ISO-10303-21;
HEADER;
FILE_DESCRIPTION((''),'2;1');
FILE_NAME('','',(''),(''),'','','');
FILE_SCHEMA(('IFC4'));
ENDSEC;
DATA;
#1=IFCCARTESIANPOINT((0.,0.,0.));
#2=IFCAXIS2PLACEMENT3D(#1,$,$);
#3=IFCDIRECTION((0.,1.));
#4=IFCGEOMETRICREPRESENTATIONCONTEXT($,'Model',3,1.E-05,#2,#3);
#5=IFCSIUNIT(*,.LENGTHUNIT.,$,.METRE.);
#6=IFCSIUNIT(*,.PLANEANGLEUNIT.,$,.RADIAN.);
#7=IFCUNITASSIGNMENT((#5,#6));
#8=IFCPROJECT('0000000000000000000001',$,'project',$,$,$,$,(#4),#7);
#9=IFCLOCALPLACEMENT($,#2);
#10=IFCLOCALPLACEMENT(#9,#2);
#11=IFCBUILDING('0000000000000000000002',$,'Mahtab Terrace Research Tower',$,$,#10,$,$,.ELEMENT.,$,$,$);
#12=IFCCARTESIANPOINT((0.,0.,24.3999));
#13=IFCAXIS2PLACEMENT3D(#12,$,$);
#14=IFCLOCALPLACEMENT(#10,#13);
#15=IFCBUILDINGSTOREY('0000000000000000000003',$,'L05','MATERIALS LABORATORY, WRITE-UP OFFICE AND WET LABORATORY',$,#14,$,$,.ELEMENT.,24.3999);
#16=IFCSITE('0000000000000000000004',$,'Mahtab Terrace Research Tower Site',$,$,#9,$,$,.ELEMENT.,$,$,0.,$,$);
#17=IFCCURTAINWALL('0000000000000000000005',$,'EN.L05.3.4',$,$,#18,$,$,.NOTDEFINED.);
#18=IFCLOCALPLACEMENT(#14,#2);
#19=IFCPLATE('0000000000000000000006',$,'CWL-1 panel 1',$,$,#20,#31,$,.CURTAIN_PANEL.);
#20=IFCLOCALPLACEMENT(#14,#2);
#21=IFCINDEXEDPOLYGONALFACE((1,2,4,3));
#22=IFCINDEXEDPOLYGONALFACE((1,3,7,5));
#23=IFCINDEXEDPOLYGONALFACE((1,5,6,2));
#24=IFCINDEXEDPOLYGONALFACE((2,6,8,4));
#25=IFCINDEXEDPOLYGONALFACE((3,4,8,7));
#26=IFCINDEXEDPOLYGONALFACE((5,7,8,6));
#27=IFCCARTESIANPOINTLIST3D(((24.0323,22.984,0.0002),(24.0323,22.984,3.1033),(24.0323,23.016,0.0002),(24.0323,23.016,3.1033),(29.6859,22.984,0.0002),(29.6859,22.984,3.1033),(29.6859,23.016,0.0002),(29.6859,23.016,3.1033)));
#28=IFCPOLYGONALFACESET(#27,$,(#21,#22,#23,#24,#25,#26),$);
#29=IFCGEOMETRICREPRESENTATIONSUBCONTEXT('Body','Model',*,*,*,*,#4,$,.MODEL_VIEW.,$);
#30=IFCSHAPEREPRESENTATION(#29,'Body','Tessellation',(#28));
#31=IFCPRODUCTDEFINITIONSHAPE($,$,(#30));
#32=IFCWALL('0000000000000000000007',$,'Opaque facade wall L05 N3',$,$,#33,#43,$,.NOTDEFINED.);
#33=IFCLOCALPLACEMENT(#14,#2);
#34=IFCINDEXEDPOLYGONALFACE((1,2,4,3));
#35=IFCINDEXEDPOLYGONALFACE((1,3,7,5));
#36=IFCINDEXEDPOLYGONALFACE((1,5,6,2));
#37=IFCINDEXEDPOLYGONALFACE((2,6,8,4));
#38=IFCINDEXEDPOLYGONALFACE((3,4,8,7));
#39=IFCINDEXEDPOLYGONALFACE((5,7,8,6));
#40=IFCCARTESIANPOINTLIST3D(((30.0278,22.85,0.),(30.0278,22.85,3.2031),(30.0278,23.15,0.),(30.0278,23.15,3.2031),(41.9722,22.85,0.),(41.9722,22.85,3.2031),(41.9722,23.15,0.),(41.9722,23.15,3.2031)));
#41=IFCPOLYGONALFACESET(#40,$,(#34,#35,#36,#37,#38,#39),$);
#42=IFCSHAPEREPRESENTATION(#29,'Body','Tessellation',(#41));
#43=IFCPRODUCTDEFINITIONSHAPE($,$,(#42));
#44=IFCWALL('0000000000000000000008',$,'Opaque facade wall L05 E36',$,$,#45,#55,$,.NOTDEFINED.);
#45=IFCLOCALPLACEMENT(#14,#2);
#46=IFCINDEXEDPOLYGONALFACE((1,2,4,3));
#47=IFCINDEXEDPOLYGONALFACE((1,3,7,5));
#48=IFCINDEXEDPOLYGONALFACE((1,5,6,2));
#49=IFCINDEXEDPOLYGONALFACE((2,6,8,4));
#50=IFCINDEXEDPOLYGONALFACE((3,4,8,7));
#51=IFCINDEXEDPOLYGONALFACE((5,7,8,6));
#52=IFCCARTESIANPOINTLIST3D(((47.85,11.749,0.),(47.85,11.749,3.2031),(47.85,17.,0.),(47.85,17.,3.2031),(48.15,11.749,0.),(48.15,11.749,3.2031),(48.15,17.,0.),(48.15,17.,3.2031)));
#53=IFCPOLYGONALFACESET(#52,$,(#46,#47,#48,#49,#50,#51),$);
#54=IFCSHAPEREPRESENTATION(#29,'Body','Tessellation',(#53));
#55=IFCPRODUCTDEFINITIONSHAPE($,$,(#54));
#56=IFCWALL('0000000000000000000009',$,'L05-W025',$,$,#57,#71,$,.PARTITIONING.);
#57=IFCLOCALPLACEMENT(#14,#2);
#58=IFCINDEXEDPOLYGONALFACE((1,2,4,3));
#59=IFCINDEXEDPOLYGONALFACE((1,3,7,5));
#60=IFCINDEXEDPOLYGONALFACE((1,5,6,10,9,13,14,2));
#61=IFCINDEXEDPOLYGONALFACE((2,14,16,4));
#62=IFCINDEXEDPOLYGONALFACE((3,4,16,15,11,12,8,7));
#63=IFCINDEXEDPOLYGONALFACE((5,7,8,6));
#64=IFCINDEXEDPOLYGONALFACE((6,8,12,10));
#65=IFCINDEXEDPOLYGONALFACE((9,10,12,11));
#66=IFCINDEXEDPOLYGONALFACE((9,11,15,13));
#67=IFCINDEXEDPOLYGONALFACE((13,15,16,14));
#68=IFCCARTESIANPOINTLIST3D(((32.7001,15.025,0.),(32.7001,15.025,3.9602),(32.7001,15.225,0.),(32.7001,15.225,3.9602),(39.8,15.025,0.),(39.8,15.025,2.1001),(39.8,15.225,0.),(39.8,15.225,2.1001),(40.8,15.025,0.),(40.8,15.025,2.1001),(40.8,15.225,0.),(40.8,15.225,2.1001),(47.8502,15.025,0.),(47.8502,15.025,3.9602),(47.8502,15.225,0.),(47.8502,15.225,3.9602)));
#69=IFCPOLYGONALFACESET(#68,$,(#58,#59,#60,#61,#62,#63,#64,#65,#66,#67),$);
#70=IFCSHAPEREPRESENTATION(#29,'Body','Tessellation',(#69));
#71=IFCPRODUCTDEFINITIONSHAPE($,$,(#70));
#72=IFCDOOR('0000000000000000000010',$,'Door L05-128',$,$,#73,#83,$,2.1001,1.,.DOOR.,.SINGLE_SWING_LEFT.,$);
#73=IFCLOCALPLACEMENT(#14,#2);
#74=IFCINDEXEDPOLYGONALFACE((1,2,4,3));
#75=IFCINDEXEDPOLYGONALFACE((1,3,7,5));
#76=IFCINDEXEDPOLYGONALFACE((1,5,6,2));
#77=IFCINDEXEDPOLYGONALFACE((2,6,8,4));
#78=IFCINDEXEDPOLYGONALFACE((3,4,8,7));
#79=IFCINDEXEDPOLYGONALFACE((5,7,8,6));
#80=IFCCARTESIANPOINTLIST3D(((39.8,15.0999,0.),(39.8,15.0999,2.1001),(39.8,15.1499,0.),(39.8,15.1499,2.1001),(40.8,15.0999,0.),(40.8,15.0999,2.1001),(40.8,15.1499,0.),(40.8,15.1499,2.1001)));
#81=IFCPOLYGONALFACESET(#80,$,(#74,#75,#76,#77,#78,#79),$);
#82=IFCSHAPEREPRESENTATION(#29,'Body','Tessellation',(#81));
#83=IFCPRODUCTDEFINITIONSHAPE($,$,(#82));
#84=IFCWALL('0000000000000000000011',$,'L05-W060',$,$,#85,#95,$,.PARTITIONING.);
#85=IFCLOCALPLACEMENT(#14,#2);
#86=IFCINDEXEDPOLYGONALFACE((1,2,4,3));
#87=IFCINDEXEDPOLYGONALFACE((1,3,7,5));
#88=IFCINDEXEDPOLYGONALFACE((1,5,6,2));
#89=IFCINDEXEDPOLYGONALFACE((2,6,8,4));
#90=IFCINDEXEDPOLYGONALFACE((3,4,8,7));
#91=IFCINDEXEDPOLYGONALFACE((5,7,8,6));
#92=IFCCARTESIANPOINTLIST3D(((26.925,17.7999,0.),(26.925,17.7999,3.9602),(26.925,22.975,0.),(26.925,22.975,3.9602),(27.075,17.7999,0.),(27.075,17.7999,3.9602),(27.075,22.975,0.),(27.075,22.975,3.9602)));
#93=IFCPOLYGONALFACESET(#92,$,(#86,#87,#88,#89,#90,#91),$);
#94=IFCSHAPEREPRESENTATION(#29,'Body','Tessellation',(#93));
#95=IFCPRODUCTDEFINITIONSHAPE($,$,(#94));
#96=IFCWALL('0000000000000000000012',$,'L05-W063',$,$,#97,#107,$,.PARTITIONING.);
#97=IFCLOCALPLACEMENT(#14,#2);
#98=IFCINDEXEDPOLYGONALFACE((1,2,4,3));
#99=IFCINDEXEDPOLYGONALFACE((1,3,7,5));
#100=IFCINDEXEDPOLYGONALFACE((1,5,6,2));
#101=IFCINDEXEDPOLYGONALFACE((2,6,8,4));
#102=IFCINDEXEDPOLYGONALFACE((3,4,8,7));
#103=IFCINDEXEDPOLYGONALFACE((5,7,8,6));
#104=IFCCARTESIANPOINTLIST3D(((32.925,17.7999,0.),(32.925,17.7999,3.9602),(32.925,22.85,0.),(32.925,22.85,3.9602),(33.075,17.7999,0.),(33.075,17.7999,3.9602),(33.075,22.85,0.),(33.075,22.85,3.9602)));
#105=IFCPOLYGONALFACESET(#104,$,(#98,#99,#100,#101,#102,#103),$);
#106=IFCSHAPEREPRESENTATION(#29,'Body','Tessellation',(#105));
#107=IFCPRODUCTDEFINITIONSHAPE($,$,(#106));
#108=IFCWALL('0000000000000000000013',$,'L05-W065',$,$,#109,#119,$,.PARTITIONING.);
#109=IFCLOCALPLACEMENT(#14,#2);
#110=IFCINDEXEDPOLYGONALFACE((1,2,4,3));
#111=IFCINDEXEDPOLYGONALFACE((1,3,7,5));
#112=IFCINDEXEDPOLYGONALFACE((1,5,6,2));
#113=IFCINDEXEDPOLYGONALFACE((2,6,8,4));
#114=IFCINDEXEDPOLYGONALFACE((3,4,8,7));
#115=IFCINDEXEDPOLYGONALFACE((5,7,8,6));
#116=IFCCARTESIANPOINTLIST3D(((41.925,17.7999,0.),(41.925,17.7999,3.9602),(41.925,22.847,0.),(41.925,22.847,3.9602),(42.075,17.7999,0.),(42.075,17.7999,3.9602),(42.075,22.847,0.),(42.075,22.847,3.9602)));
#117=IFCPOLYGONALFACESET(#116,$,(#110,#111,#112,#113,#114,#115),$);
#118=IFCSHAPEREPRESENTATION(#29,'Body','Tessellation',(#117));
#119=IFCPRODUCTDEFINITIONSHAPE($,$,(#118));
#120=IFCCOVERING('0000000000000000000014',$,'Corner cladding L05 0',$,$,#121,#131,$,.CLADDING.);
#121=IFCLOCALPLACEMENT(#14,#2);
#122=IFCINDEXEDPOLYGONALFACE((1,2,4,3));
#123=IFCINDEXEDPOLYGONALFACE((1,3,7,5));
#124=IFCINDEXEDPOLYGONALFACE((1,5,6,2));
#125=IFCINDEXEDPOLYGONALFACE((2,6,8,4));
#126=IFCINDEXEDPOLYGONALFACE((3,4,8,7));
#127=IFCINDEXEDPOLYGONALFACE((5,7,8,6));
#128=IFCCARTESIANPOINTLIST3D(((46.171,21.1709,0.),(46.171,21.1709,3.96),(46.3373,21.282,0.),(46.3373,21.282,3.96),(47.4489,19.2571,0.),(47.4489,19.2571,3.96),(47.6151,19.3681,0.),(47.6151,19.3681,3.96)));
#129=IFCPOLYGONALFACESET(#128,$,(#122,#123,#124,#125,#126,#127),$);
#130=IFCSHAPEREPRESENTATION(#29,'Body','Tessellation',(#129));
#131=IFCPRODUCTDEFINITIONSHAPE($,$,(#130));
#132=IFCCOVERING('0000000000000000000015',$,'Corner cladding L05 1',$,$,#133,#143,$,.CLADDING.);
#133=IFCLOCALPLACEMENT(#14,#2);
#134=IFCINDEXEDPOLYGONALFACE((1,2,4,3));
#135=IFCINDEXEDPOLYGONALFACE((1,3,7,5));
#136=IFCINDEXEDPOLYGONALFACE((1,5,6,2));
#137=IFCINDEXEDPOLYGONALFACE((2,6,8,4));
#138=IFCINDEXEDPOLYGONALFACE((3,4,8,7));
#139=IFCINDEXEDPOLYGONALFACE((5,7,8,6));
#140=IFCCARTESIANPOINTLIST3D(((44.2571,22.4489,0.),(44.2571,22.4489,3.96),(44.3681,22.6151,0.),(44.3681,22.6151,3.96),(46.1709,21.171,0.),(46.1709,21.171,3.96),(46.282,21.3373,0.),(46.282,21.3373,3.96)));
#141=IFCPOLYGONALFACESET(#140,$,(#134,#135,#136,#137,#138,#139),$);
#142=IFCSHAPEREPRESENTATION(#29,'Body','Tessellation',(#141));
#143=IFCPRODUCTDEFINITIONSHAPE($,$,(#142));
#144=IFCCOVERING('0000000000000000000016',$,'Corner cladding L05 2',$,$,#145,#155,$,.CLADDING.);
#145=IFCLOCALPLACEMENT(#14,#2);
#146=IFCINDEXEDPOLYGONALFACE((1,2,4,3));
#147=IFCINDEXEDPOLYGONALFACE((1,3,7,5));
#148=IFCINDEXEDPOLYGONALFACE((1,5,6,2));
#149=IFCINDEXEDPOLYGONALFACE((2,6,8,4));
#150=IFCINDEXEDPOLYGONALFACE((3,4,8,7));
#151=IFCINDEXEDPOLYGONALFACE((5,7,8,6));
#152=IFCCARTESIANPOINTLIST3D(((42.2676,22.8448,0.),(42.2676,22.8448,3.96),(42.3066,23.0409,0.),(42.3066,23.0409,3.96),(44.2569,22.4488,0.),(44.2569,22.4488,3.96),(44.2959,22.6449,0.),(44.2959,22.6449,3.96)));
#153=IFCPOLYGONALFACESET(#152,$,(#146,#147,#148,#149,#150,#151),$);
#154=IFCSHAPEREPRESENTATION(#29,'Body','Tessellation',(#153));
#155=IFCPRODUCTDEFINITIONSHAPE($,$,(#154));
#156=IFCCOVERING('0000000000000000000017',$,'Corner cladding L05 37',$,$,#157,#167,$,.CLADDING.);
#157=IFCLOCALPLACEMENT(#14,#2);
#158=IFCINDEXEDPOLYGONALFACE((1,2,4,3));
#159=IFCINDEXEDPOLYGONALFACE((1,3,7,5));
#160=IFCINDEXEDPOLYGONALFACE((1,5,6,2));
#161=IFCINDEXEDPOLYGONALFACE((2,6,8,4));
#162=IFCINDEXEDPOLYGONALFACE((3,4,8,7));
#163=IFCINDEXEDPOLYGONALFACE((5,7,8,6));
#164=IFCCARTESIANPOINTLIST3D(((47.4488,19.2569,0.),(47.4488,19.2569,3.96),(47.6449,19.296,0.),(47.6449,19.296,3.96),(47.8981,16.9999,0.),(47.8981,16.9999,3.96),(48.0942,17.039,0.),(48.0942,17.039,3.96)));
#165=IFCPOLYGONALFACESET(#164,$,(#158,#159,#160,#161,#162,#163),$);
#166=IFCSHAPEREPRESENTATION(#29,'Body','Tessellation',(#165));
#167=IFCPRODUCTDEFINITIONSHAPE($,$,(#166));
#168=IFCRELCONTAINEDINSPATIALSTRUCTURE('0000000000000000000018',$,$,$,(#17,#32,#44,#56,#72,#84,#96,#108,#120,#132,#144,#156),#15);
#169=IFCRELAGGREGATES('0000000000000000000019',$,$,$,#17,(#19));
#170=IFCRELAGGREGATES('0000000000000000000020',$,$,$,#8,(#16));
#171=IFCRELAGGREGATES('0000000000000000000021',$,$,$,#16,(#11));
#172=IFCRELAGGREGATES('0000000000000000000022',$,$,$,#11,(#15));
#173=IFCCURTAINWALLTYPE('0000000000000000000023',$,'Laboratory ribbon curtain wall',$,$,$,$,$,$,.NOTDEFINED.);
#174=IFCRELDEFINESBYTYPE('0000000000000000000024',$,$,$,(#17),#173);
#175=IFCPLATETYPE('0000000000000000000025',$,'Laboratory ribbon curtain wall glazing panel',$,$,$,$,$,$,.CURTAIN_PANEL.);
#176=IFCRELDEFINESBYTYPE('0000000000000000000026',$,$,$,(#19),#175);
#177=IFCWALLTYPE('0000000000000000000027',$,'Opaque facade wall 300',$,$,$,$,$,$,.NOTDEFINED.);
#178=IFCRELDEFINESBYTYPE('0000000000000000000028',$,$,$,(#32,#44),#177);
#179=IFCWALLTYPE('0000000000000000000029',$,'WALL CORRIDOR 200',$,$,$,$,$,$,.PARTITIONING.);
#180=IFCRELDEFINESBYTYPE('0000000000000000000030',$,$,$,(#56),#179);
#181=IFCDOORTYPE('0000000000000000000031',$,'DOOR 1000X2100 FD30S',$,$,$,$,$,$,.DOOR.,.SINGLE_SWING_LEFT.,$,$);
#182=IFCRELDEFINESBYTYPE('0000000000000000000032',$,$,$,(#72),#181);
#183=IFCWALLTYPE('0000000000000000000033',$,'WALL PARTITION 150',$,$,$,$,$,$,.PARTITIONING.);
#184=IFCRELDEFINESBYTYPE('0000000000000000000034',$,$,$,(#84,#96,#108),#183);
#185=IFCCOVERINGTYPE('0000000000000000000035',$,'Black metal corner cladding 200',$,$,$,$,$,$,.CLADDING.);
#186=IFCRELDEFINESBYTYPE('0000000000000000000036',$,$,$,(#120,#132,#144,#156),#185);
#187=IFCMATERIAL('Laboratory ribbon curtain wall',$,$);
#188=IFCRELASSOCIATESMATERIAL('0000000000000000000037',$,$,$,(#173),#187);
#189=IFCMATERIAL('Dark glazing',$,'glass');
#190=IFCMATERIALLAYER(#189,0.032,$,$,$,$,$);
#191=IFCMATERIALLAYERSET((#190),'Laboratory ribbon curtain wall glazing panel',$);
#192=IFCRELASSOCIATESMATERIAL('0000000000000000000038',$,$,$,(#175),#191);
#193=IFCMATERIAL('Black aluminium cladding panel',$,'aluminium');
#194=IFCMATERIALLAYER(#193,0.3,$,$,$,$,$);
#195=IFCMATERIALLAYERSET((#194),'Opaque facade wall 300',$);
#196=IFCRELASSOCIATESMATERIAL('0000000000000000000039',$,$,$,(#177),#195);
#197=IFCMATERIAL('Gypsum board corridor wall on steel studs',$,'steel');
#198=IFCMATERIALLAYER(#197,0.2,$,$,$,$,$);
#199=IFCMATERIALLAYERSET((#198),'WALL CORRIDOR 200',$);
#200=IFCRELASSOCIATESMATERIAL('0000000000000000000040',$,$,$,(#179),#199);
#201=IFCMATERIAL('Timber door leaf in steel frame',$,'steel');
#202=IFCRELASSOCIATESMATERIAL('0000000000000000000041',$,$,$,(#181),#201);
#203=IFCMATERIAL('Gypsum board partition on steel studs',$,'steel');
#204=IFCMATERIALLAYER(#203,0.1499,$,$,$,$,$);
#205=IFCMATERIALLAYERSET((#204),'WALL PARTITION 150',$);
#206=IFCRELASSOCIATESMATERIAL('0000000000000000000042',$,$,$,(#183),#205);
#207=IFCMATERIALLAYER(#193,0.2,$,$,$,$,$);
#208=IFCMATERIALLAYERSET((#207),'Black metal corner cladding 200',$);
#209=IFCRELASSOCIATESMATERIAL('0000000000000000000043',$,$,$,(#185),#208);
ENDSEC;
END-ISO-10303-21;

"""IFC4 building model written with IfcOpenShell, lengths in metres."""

from ifc_helpers import new_model, si_unit, direction, frame, frame_2d, origin, origin_2d, place, context, subcontext, project, spatial, rectangle, extrude, material, layer, layer_set, type_object, element, fill, aggregate, save


model = new_model("IFC4")

# Units and contexts
model_context = context("Model", 3, precision=1e-05, world=origin(), true_north=direction((0.0, 1.0)))
body_context = subcontext(model_context, "Body", "Model", "MODEL_VIEW")
ifc_project = project(units=[si_unit("LENGTHUNIT", "METRE"), si_unit("PLANEANGLEUNIT", "RADIAN")], contexts=[model_context])

# Site, building, storey
site_placement = place(None, origin())
site = spatial("IfcSite", under=ifc_project, at=site_placement, Name="Mahtab Terrace Research Tower Site", CompositionType="ELEMENT", RefElevation=0.0)
building_placement = place(site_placement, origin())
building = spatial("IfcBuilding", under=site, at=building_placement, Name="Mahtab Terrace Research Tower", CompositionType="ELEMENT")
storey_placement = place(building_placement, frame((0.0, 0.0, 24.3999)))
storey = spatial("IfcBuildingStorey", under=building, at=storey_placement, Name="L05", Description="MATERIALS LABORATORY, WRITE-UP OFFICE AND WET LABORATORY", CompositionType="ELEMENT", Elevation=24.3999)

# Curtain wall
ifc_material_1 = material(Name="Laboratory ribbon curtain wall")
curtain_wall_type = type_object("IfcCurtainWallType", Name="Laboratory ribbon curtain wall", PredefinedType="NOTDEFINED", material=ifc_material_1)
curtain_wall_placement = place(storey_placement, origin())
curtain_wall = element("IfcCurtainWall", 1, at=curtain_wall_placement, inside=storey, type_object=curtain_wall_type, Name="EN.L05.3.4", PredefinedType="NOTDEFINED")

# Plate
ifc_material_2 = material(Name="Dark glazing", Category="glass")
ifc_layer_1 = layer(ifc_material_2, 0.032)
ifc_layer_set_1 = layer_set([ifc_layer_1], Name="Laboratory ribbon curtain wall glazing panel")
plate_type = type_object("IfcPlateType", Name="Laboratory ribbon curtain wall glazing panel", PredefinedType="CURTAIN_PANEL", material=ifc_layer_set_1)
plate_placement = place(storey_placement, frame((26.8591, 23.0, 0.0002), z_axis=(0.0, 0.0, 1.0), x_axis=(-1.0, 0.0, 0.0)))
plate = element("IfcPlate", 2, at=plate_placement, type_object=plate_type, Name="CWL-1 panel 1", PredefinedType="CURTAIN_PANEL", context=body_context, shape_type="SweptSolid", body=[
    extrude(rectangle(XDim=5.6536, YDim=0.032, at=origin_2d()), origin(), (0.0, 0.0, 1.0), 3.103),
])
aggregate(curtain_wall, [plate])

# Walls
ifc_material_3 = material(Name="Black aluminium cladding panel", Category="aluminium")
ifc_layer_2 = layer(ifc_material_3, 0.3)
ifc_layer_set_2 = layer_set([ifc_layer_2], Name="Opaque facade wall 300")
wall_type_1 = type_object("IfcWallType", Name="Opaque facade wall 300", PredefinedType="NOTDEFINED", material=ifc_layer_set_2)
wall_1_placement = place(storey_placement, frame((41.9722, 23.0, 0.0), z_axis=(0.0, 0.0, 1.0), x_axis=(-1.0, 0.0, 0.0)))
element("IfcWall", 3, at=wall_1_placement, inside=storey, type_object=wall_type_1, Name="Opaque facade wall L05 N3", PredefinedType="NOTDEFINED", context=body_context, shape_type="SweptSolid", body=[
    extrude(rectangle(XDim=11.9443, YDim=0.3, at=frame_2d((5.9722, 0.0))), origin(), (0.0, 0.0, 1.0), 3.2031),
])
wall_2_placement = place(storey_placement, frame((48.0, 11.749, 0.0), z_axis=(0.0, 0.0, 1.0), x_axis=(0.0, 1.0, 0.0)))
element("IfcWall", 4, at=wall_2_placement, inside=storey, type_object=wall_type_1, Name="Opaque facade wall L05 E36", PredefinedType="NOTDEFINED", context=body_context, shape_type="SweptSolid", body=[
    extrude(rectangle(XDim=5.251, YDim=0.3, at=frame_2d((2.6255, 0.0))), origin(), (0.0, 0.0, 1.0), 3.2031),
])

# Wall, opening, door
ifc_material_4 = material(Name="Gypsum board corridor wall on steel studs", Category="steel")
ifc_layer_3 = layer(ifc_material_4, 0.2)
ifc_layer_set_3 = layer_set([ifc_layer_3], Name="WALL CORRIDOR 200")
wall_type_2 = type_object("IfcWallType", Name="WALL CORRIDOR 200", PredefinedType="PARTITIONING", material=ifc_layer_set_3)
wall_3_placement = place(storey_placement, frame((32.7, 15.125, 0.0), z_axis=(0.0, 0.0, 1.0), x_axis=(1.0, 0.0, 0.0)))
wall_3 = element("IfcWall", 5, at=wall_3_placement, inside=storey, type_object=wall_type_2, Name="L05-W025", PredefinedType="PARTITIONING", context=body_context, shape_type="SweptSolid", body=[
    extrude(rectangle(XDim=15.1501, YDim=0.2, at=frame_2d((7.5752, 0.0))), origin(), (0.0, 0.0, 1.0), 3.9602),
])
opening_placement = place(wall_3_placement, frame((7.1001, 0.0, 0.0)))
opening = element("IfcOpeningElement", 6, at=opening_placement, cuts=wall_3, PredefinedType="OPENING", context=body_context, shape_type="SweptSolid", body=[
    extrude(rectangle(XDim=1.0, YDim=2.1001, at=frame_2d((0.5, 1.05))), frame((0.0, 0.1099, 0.0), z_axis=(0.0, -1.0, 0.0), x_axis=(1.0, 0.0, 0.0)), (0.0, 0.0, 1.0), 0.22),
])
ifc_material_5 = material(Name="Timber door leaf in steel frame", Category="steel")
door_type = type_object("IfcDoorType", Name="DOOR 1000X2100 FD30S", OperationType="SINGLE_SWING_LEFT", PredefinedType="DOOR", material=ifc_material_5)
door_placement = place(opening_placement, origin())
door = element("IfcDoor", 7, at=door_placement, inside=storey, type_object=door_type, Name="Door L05-128", OperationType="SINGLE_SWING_LEFT", OverallHeight=2.1001, OverallWidth=1.0, PredefinedType="DOOR", context=body_context, shape_type="SweptSolid", body=[
    extrude(rectangle(XDim=1.0, YDim=2.1001, at=frame_2d((0.5, 1.05))), frame((0.0, 0.0249, 0.0), z_axis=(0.0, -1.0, 0.0), x_axis=(1.0, 0.0, 0.0)), (0.0, 0.0, 1.0), 0.05),
])
fill(opening, door)

# Walls
ifc_material_6 = material(Name="Gypsum board partition on steel studs", Category="steel")
ifc_layer_4 = layer(ifc_material_6, 0.1499)
ifc_layer_set_4 = layer_set([ifc_layer_4], Name="WALL PARTITION 150")
wall_type_3 = type_object("IfcWallType", Name="WALL PARTITION 150", PredefinedType="PARTITIONING", material=ifc_layer_set_4)
wall_4_placement = place(storey_placement, frame((27.0, 17.8, 0.0), z_axis=(0.0, 0.0, 1.0), x_axis=(0.0, 1.0, 0.0)))
element("IfcWall", 8, at=wall_4_placement, inside=storey, type_object=wall_type_3, Name="L05-W060", PredefinedType="PARTITIONING", context=body_context, shape_type="SweptSolid", body=[
    extrude(rectangle(XDim=5.175, YDim=0.1499, at=frame_2d((2.5874, 0.0))), origin(), (0.0, 0.0, 1.0), 3.9602),
])
wall_5_placement = place(storey_placement, frame((33.0, 17.8, 0.0), z_axis=(0.0, 0.0, 1.0), x_axis=(0.0, 1.0, 0.0)))
element("IfcWall", 9, at=wall_5_placement, inside=storey, type_object=wall_type_3, Name="L05-W063", PredefinedType="PARTITIONING", context=body_context, shape_type="SweptSolid", body=[
    extrude(rectangle(XDim=5.05, YDim=0.1499, at=frame_2d((2.5249, 0.0))), origin(), (0.0, 0.0, 1.0), 3.9602),
])
wall_6_placement = place(storey_placement, frame((42.0, 17.8, 0.0), z_axis=(0.0, 0.0, 1.0), x_axis=(0.0, 1.0, 0.0)))
element("IfcWall", 10, at=wall_6_placement, inside=storey, type_object=wall_type_3, Name="L05-W065", PredefinedType="PARTITIONING", context=body_context, shape_type="SweptSolid", body=[
    extrude(rectangle(XDim=5.0471, YDim=0.1499, at=frame_2d((2.5234, 0.0))), origin(), (0.0, 0.0, 1.0), 3.9602),
])

# Coverings
ifc_layer_5 = layer(ifc_material_3, 0.2)
ifc_layer_set_5 = layer_set([ifc_layer_5], Name="Black metal corner cladding 200")
covering_type_1 = type_object("IfcCoveringType", Name="Black metal corner cladding 200", PredefinedType="CLADDING", material=ifc_layer_set_5)
for number, where, z_axis, x_axis, name in (
    (11, (46.8931, 20.2695, 0.0), (0.0, 0.0, 1.0), (-0.555291, 0.831656, 0.0), "Corner cladding L05 0"),
    (12, (45.2695, 21.8931, 0.0), (0.0, 0.0, 1.0), (-0.831656, 0.555291, 0.0), "Corner cladding L05 1"),
):
    element("IfcCovering", number, at=place(storey_placement, frame(where, z_axis=z_axis, x_axis=x_axis)), inside=storey, type_object=covering_type_1, Name=name, PredefinedType="CLADDING", context=body_context, shape_type="SweptSolid", body=[
        extrude(rectangle(XDim=2.3013, YDim=0.2, at=origin_2d()), origin(), (0.0, 0.0, 1.0), 3.96),
    ])
covering_1_placement = place(storey_placement, frame((43.2817, 22.7449, 0.0), z_axis=(0.0, 0.0, 1.0), x_axis=(-0.980761, 0.195212, 0.0)))
element("IfcCovering", 13, at=covering_1_placement, inside=storey, type_object=covering_type_1, Name="Corner cladding L05 2", PredefinedType="CLADDING", context=body_context, shape_type="SweptSolid", body=[
    extrude(rectangle(XDim=2.0283, YDim=0.2, at=origin_2d()), origin(), (0.0, 0.0, 1.0), 3.96),
])
covering_2_placement = place(storey_placement, frame((47.7715, 18.1479, 0.0), z_axis=(0.0, 0.0, 1.0), x_axis=(-0.195212, 0.980761, 0.0)))
element("IfcCovering", 14, at=covering_2_placement, inside=storey, type_object=covering_type_1, Name="Corner cladding L05 37", PredefinedType="CLADDING", context=body_context, shape_type="SweptSolid", body=[
    extrude(rectangle(XDim=2.3013, YDim=0.2, at=origin_2d()), origin(), (0.0, 0.0, 1.0), 3.96),
])

save(model, "model.ifc")
